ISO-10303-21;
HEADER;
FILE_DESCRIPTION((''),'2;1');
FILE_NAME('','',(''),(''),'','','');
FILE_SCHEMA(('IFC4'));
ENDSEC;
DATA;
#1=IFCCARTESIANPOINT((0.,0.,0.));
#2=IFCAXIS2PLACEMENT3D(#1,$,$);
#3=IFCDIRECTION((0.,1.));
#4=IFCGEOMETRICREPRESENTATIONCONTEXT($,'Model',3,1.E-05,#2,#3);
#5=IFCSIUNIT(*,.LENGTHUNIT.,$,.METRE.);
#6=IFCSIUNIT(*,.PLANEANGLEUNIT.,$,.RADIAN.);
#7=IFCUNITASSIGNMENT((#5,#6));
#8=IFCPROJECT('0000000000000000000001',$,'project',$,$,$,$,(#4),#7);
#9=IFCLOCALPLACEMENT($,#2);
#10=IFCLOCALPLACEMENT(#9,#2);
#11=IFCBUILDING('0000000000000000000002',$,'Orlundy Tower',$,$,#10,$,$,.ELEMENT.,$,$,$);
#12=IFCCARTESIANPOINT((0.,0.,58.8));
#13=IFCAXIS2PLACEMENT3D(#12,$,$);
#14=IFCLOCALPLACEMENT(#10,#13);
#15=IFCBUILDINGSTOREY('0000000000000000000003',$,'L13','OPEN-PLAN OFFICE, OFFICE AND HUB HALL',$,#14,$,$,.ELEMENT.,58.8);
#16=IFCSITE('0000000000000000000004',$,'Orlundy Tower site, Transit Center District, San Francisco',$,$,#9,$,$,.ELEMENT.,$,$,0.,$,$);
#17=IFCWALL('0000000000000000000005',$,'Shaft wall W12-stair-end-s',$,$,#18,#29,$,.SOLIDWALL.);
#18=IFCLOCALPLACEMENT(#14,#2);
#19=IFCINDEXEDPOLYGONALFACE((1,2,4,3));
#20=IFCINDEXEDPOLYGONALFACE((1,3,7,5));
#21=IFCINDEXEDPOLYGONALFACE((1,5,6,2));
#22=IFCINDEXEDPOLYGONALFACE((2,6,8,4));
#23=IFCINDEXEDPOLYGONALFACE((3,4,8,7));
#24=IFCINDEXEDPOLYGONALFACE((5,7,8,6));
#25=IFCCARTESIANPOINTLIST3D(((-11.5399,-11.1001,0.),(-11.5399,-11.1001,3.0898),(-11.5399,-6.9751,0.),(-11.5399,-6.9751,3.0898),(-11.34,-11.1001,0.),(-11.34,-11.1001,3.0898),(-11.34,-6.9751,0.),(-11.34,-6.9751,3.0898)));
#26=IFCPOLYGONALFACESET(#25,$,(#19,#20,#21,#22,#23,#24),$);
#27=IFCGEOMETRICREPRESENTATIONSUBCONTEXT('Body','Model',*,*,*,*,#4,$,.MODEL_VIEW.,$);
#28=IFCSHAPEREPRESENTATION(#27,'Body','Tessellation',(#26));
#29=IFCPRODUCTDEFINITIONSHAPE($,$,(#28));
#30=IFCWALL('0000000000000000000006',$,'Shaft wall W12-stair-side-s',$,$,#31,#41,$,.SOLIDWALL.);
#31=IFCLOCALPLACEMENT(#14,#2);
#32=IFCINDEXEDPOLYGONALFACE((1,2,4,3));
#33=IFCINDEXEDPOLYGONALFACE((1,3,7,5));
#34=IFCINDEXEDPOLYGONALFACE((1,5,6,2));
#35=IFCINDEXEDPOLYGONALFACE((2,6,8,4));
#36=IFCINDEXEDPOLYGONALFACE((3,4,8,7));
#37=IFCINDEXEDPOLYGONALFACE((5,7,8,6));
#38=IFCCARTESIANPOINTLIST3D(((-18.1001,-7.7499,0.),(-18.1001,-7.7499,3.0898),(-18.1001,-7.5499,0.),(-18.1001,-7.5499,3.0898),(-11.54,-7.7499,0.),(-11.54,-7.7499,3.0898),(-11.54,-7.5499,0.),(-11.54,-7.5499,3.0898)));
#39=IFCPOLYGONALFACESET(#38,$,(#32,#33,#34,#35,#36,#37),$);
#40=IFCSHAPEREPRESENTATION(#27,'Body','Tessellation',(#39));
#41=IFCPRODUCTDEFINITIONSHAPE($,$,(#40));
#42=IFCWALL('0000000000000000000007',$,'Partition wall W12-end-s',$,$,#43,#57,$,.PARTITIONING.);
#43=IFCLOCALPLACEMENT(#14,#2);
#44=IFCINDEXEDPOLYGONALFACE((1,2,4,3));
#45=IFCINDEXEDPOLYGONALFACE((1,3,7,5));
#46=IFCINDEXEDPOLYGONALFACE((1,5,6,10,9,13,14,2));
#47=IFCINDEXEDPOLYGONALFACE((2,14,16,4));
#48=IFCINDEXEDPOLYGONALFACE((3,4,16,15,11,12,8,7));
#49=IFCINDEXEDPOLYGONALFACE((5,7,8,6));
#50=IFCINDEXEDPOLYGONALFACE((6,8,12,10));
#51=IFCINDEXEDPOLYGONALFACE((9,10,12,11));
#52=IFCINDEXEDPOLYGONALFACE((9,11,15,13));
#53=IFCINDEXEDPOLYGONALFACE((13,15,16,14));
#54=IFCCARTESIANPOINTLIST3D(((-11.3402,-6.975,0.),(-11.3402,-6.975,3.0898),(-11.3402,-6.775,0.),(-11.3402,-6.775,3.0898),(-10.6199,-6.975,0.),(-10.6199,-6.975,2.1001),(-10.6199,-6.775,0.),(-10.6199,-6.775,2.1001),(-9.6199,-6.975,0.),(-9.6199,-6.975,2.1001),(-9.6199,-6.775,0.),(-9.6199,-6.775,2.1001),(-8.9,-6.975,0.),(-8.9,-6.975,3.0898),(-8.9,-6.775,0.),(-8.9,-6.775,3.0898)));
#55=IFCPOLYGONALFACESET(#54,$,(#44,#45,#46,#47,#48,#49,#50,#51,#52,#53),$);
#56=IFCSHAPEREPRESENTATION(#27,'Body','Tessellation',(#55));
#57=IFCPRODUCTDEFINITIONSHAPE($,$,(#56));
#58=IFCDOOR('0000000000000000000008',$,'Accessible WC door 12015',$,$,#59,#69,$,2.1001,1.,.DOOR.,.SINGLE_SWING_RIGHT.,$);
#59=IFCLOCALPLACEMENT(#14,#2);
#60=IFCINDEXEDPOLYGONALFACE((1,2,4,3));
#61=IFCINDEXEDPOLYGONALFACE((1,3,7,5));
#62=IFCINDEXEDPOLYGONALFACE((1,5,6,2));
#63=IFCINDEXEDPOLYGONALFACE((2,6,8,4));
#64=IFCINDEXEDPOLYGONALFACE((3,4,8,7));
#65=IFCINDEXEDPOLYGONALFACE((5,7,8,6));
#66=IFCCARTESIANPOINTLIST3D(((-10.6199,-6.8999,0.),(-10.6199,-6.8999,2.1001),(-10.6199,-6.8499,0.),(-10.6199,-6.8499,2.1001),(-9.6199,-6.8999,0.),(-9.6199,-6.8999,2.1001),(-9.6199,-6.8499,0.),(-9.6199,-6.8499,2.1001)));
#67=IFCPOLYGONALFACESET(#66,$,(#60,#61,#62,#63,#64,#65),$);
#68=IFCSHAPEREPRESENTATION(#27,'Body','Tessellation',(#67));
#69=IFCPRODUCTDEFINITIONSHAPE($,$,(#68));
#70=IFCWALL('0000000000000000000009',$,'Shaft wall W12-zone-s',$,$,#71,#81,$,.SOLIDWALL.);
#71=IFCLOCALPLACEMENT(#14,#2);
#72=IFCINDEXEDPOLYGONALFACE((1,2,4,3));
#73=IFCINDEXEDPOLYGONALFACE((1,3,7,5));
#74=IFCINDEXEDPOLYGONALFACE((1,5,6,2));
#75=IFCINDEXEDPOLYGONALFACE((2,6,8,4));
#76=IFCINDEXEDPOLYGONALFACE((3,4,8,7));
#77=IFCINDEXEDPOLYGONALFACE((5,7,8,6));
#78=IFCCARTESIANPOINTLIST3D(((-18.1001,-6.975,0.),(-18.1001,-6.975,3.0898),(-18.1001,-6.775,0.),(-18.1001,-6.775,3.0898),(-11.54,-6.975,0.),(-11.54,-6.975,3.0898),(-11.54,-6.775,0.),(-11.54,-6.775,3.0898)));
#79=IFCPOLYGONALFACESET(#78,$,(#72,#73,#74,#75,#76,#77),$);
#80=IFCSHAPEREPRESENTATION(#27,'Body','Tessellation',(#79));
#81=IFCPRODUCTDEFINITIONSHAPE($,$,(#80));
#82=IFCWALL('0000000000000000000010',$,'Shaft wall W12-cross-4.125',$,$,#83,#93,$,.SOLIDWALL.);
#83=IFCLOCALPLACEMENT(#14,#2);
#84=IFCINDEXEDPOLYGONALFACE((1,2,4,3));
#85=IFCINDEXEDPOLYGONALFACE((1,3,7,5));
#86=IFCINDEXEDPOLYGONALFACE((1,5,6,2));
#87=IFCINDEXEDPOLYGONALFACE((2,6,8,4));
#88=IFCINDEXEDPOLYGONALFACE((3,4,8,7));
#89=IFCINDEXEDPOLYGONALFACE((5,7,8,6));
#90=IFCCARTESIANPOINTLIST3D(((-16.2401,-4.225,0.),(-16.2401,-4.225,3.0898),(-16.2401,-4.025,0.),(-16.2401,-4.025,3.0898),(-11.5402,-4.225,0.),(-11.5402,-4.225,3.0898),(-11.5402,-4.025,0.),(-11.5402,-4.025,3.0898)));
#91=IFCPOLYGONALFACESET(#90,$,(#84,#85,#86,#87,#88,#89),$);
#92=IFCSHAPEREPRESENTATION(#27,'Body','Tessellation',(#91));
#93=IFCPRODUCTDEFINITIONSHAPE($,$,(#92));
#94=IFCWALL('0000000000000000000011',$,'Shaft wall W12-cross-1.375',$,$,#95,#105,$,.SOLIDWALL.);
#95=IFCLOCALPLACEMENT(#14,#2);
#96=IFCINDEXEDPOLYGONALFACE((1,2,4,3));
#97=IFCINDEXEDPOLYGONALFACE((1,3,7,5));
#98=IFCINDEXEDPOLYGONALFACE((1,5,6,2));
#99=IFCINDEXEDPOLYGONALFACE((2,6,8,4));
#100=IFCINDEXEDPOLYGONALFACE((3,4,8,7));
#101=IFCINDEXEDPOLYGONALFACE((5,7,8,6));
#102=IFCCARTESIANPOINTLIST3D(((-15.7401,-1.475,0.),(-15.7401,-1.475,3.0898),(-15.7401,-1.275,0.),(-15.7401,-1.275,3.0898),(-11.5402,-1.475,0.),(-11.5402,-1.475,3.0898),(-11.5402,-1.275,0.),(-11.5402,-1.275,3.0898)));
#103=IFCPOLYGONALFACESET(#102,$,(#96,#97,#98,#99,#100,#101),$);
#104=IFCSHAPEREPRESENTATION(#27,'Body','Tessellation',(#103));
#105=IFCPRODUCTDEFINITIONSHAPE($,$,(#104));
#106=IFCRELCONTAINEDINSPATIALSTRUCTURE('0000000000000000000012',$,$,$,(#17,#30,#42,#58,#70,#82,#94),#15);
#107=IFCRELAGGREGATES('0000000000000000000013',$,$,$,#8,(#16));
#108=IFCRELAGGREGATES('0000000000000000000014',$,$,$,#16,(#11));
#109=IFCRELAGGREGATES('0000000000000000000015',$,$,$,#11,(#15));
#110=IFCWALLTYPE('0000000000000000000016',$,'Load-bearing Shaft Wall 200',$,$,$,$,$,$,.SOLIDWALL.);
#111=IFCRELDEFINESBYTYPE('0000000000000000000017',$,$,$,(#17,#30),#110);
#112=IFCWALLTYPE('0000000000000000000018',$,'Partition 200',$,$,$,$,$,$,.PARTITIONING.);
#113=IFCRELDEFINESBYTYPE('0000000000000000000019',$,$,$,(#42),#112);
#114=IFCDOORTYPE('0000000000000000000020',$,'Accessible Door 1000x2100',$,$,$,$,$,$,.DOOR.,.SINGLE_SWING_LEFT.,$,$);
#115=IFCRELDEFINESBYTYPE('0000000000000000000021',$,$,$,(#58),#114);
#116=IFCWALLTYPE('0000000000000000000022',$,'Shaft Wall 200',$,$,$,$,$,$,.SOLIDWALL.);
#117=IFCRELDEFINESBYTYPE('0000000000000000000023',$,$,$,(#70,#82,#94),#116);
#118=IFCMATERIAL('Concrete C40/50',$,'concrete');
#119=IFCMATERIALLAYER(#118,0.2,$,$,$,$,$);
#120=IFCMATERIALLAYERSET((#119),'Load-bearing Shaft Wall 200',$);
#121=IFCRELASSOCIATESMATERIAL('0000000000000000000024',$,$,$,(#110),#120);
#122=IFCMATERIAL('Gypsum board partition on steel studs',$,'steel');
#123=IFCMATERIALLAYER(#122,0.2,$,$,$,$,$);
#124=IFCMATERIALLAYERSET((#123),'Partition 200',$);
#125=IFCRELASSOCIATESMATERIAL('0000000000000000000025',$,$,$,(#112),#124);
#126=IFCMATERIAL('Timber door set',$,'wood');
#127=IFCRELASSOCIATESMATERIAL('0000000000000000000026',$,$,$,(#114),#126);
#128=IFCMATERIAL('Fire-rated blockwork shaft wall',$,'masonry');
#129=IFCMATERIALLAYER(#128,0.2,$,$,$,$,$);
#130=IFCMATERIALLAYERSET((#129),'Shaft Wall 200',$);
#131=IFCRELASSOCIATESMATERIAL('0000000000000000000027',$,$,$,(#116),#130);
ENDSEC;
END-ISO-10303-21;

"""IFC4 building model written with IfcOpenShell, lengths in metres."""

from ifc_helpers import new_model, si_unit, direction, frame, frame_2d, origin, place, context, subcontext, project, spatial, rectangle, extrude, material, layer, layer_set, type_object, element, fill, save


model = new_model("IFC4")

# Units and contexts
model_context = context("Model", 3, precision=1e-05, world=origin(), true_north=direction((0.0, 1.0)))
body_context = subcontext(model_context, "Body", "Model", "MODEL_VIEW")
ifc_project = project(units=[si_unit("LENGTHUNIT", "METRE"), si_unit("PLANEANGLEUNIT", "RADIAN")], contexts=[model_context])

# Site, building, storey
site_placement = place(None, origin())
site = spatial("IfcSite", under=ifc_project, at=site_placement, Name="Orlundy Tower site, Transit Center District, San Francisco", CompositionType="ELEMENT", RefElevation=0.0)
building_placement = place(site_placement, origin())
building = spatial("IfcBuilding", under=site, at=building_placement, Name="Orlundy Tower", CompositionType="ELEMENT")
storey_placement = place(building_placement, frame((0.0, 0.0, 58.8)))
storey = spatial("IfcBuildingStorey", under=building, at=storey_placement, Name="L13", Description="OPEN-PLAN OFFICE, OFFICE AND HUB HALL", CompositionType="ELEMENT", Elevation=58.8)

# Walls
ifc_material_1 = material(Name="Concrete C40/50", Category="concrete")
ifc_layer_1 = layer(ifc_material_1, 0.2)
ifc_layer_set_1 = layer_set([ifc_layer_1], Name="Load-bearing Shaft Wall 200")
wall_type_1 = type_object("IfcWallType", Name="Load-bearing Shaft Wall 200", PredefinedType="SOLIDWALL", material=ifc_layer_set_1)
wall_1_placement = place(storey_placement, frame((-11.4399, -11.1001, 0.0), z_axis=(0.0, 0.0, 1.0), x_axis=(0.0, 1.0, 0.0)))
element("IfcWall", 1, at=wall_1_placement, inside=storey, type_object=wall_type_1, Name="Shaft wall W12-stair-end-s", PredefinedType="SOLIDWALL", context=body_context, shape_type="SweptSolid", body=[
    extrude(rectangle(XDim=4.125, YDim=0.2, at=frame_2d((2.0625, 0.0))), origin(), (0.0, 0.0, 1.0), 3.0898),
])
wall_2_placement = place(storey_placement, frame((-11.54, -7.6499, 0.0), z_axis=(0.0, 0.0, 1.0), x_axis=(-1.0, 0.0, 0.0)))
element("IfcWall", 2, at=wall_2_placement, inside=storey, type_object=wall_type_1, Name="Shaft wall W12-stair-side-s", PredefinedType="SOLIDWALL", context=body_context, shape_type="SweptSolid", body=[
    extrude(rectangle(XDim=6.5601, YDim=0.2, at=frame_2d((3.28, 0.0))), origin(), (0.0, 0.0, 1.0), 3.0898),
])

# Wall, opening, door
ifc_material_2 = material(Name="Gypsum board partition on steel studs", Category="steel")
ifc_layer_2 = layer(ifc_material_2, 0.2)
ifc_layer_set_2 = layer_set([ifc_layer_2], Name="Partition 200")
wall_type_2 = type_object("IfcWallType", Name="Partition 200", PredefinedType="PARTITIONING", material=ifc_layer_set_2)
wall_3_placement = place(storey_placement, frame((-8.8999, -6.875, 0.0), z_axis=(0.0, 0.0, 1.0), x_axis=(-1.0, 0.0, 0.0)))
wall_3 = element("IfcWall", 3, at=wall_3_placement, inside=storey, type_object=wall_type_2, Name="Partition wall W12-end-s", PredefinedType="PARTITIONING", context=body_context, shape_type="SweptSolid", body=[
    extrude(rectangle(XDim=2.4402, YDim=0.2, at=frame_2d((1.2202, 0.0))), origin(), (0.0, 0.0, 1.0), 3.0898),
])
opening_1_placement = place(wall_3_placement, frame((0.72, 0.0, 0.0)))
opening_1 = element("IfcOpeningElement", 4, at=opening_1_placement, cuts=wall_3, PredefinedType="OPENING", context=body_context, shape_type="SweptSolid", body=[
    extrude(rectangle(XDim=1.0, YDim=2.1001, at=frame_2d((0.5, 1.05))), frame((0.0, 0.1101, 0.0), z_axis=(0.0, -1.0, 0.0), x_axis=(1.0, 0.0, 0.0)), (0.0, 0.0, 1.0), 0.2202),
])
ifc_material_3 = material(Name="Timber door set", Category="wood")
door_type_1 = type_object("IfcDoorType", Name="Accessible Door 1000x2100", OperationType="SINGLE_SWING_LEFT", PredefinedType="DOOR", material=ifc_material_3)
door_1_placement = place(opening_1_placement, origin())
door_1 = element("IfcDoor", 5, at=door_1_placement, inside=storey, type_object=door_type_1, Name="Accessible WC door 12015", OperationType="SINGLE_SWING_RIGHT", OverallHeight=2.1001, OverallWidth=1.0, PredefinedType="DOOR", context=body_context, shape_type="SweptSolid", body=[
    extrude(rectangle(XDim=1.0, YDim=2.1001, at=frame_2d((0.5, 1.05))), frame((0.0, 0.0249, 0.0), z_axis=(0.0, -1.0, 0.0), x_axis=(1.0, 0.0, 0.0)), (0.0, 0.0, 1.0), 0.05),
])
fill(opening_1, door_1)

# Walls
ifc_material_4 = material(Name="Fire-rated blockwork shaft wall", Category="masonry")
ifc_layer_3 = layer(ifc_material_4, 0.2)
ifc_layer_set_3 = layer_set([ifc_layer_3], Name="Shaft Wall 200")
wall_type_3 = type_object("IfcWallType", Name="Shaft Wall 200", PredefinedType="SOLIDWALL", material=ifc_layer_set_3)
wall_4_placement = place(storey_placement, frame((-11.54, -6.875, 0.0), z_axis=(0.0, 0.0, 1.0), x_axis=(-1.0, 0.0, 0.0)))
element("IfcWall", 6, at=wall_4_placement, inside=storey, type_object=wall_type_3, Name="Shaft wall W12-zone-s", PredefinedType="SOLIDWALL", context=body_context, shape_type="SweptSolid", body=[
    extrude(rectangle(XDim=6.5601, YDim=0.2, at=frame_2d((3.28, 0.0))), origin(), (0.0, 0.0, 1.0), 3.0898),
])
wall_5_placement = place(storey_placement, frame((-11.54, -4.125, 0.0), z_axis=(0.0, 0.0, 1.0), x_axis=(-1.0, 0.0, 0.0)))
element("IfcWall", 7, at=wall_5_placement, inside=storey, type_object=wall_type_3, Name="Shaft wall W12-cross-4.125", PredefinedType="SOLIDWALL", context=body_context, shape_type="SweptSolid", body=[
    extrude(rectangle(XDim=4.7, YDim=0.2, at=frame_2d((2.3501, 0.0))), origin(), (0.0, 0.0, 1.0), 3.0898),
])
wall_6_placement = place(storey_placement, frame((-11.54, -1.375, 0.0), z_axis=(0.0, 0.0, 1.0), x_axis=(-1.0, 0.0, 0.0)))
element("IfcWall", 8, at=wall_6_placement, inside=storey, type_object=wall_type_3, Name="Shaft wall W12-cross-1.375", PredefinedType="SOLIDWALL", context=body_context, shape_type="SweptSolid", body=[
    extrude(rectangle(XDim=4.2, YDim=0.2, at=frame_2d((2.1001, 0.0))), origin(), (0.0, 0.0, 1.0), 3.0898),
])

save(model, "model.ifc")
